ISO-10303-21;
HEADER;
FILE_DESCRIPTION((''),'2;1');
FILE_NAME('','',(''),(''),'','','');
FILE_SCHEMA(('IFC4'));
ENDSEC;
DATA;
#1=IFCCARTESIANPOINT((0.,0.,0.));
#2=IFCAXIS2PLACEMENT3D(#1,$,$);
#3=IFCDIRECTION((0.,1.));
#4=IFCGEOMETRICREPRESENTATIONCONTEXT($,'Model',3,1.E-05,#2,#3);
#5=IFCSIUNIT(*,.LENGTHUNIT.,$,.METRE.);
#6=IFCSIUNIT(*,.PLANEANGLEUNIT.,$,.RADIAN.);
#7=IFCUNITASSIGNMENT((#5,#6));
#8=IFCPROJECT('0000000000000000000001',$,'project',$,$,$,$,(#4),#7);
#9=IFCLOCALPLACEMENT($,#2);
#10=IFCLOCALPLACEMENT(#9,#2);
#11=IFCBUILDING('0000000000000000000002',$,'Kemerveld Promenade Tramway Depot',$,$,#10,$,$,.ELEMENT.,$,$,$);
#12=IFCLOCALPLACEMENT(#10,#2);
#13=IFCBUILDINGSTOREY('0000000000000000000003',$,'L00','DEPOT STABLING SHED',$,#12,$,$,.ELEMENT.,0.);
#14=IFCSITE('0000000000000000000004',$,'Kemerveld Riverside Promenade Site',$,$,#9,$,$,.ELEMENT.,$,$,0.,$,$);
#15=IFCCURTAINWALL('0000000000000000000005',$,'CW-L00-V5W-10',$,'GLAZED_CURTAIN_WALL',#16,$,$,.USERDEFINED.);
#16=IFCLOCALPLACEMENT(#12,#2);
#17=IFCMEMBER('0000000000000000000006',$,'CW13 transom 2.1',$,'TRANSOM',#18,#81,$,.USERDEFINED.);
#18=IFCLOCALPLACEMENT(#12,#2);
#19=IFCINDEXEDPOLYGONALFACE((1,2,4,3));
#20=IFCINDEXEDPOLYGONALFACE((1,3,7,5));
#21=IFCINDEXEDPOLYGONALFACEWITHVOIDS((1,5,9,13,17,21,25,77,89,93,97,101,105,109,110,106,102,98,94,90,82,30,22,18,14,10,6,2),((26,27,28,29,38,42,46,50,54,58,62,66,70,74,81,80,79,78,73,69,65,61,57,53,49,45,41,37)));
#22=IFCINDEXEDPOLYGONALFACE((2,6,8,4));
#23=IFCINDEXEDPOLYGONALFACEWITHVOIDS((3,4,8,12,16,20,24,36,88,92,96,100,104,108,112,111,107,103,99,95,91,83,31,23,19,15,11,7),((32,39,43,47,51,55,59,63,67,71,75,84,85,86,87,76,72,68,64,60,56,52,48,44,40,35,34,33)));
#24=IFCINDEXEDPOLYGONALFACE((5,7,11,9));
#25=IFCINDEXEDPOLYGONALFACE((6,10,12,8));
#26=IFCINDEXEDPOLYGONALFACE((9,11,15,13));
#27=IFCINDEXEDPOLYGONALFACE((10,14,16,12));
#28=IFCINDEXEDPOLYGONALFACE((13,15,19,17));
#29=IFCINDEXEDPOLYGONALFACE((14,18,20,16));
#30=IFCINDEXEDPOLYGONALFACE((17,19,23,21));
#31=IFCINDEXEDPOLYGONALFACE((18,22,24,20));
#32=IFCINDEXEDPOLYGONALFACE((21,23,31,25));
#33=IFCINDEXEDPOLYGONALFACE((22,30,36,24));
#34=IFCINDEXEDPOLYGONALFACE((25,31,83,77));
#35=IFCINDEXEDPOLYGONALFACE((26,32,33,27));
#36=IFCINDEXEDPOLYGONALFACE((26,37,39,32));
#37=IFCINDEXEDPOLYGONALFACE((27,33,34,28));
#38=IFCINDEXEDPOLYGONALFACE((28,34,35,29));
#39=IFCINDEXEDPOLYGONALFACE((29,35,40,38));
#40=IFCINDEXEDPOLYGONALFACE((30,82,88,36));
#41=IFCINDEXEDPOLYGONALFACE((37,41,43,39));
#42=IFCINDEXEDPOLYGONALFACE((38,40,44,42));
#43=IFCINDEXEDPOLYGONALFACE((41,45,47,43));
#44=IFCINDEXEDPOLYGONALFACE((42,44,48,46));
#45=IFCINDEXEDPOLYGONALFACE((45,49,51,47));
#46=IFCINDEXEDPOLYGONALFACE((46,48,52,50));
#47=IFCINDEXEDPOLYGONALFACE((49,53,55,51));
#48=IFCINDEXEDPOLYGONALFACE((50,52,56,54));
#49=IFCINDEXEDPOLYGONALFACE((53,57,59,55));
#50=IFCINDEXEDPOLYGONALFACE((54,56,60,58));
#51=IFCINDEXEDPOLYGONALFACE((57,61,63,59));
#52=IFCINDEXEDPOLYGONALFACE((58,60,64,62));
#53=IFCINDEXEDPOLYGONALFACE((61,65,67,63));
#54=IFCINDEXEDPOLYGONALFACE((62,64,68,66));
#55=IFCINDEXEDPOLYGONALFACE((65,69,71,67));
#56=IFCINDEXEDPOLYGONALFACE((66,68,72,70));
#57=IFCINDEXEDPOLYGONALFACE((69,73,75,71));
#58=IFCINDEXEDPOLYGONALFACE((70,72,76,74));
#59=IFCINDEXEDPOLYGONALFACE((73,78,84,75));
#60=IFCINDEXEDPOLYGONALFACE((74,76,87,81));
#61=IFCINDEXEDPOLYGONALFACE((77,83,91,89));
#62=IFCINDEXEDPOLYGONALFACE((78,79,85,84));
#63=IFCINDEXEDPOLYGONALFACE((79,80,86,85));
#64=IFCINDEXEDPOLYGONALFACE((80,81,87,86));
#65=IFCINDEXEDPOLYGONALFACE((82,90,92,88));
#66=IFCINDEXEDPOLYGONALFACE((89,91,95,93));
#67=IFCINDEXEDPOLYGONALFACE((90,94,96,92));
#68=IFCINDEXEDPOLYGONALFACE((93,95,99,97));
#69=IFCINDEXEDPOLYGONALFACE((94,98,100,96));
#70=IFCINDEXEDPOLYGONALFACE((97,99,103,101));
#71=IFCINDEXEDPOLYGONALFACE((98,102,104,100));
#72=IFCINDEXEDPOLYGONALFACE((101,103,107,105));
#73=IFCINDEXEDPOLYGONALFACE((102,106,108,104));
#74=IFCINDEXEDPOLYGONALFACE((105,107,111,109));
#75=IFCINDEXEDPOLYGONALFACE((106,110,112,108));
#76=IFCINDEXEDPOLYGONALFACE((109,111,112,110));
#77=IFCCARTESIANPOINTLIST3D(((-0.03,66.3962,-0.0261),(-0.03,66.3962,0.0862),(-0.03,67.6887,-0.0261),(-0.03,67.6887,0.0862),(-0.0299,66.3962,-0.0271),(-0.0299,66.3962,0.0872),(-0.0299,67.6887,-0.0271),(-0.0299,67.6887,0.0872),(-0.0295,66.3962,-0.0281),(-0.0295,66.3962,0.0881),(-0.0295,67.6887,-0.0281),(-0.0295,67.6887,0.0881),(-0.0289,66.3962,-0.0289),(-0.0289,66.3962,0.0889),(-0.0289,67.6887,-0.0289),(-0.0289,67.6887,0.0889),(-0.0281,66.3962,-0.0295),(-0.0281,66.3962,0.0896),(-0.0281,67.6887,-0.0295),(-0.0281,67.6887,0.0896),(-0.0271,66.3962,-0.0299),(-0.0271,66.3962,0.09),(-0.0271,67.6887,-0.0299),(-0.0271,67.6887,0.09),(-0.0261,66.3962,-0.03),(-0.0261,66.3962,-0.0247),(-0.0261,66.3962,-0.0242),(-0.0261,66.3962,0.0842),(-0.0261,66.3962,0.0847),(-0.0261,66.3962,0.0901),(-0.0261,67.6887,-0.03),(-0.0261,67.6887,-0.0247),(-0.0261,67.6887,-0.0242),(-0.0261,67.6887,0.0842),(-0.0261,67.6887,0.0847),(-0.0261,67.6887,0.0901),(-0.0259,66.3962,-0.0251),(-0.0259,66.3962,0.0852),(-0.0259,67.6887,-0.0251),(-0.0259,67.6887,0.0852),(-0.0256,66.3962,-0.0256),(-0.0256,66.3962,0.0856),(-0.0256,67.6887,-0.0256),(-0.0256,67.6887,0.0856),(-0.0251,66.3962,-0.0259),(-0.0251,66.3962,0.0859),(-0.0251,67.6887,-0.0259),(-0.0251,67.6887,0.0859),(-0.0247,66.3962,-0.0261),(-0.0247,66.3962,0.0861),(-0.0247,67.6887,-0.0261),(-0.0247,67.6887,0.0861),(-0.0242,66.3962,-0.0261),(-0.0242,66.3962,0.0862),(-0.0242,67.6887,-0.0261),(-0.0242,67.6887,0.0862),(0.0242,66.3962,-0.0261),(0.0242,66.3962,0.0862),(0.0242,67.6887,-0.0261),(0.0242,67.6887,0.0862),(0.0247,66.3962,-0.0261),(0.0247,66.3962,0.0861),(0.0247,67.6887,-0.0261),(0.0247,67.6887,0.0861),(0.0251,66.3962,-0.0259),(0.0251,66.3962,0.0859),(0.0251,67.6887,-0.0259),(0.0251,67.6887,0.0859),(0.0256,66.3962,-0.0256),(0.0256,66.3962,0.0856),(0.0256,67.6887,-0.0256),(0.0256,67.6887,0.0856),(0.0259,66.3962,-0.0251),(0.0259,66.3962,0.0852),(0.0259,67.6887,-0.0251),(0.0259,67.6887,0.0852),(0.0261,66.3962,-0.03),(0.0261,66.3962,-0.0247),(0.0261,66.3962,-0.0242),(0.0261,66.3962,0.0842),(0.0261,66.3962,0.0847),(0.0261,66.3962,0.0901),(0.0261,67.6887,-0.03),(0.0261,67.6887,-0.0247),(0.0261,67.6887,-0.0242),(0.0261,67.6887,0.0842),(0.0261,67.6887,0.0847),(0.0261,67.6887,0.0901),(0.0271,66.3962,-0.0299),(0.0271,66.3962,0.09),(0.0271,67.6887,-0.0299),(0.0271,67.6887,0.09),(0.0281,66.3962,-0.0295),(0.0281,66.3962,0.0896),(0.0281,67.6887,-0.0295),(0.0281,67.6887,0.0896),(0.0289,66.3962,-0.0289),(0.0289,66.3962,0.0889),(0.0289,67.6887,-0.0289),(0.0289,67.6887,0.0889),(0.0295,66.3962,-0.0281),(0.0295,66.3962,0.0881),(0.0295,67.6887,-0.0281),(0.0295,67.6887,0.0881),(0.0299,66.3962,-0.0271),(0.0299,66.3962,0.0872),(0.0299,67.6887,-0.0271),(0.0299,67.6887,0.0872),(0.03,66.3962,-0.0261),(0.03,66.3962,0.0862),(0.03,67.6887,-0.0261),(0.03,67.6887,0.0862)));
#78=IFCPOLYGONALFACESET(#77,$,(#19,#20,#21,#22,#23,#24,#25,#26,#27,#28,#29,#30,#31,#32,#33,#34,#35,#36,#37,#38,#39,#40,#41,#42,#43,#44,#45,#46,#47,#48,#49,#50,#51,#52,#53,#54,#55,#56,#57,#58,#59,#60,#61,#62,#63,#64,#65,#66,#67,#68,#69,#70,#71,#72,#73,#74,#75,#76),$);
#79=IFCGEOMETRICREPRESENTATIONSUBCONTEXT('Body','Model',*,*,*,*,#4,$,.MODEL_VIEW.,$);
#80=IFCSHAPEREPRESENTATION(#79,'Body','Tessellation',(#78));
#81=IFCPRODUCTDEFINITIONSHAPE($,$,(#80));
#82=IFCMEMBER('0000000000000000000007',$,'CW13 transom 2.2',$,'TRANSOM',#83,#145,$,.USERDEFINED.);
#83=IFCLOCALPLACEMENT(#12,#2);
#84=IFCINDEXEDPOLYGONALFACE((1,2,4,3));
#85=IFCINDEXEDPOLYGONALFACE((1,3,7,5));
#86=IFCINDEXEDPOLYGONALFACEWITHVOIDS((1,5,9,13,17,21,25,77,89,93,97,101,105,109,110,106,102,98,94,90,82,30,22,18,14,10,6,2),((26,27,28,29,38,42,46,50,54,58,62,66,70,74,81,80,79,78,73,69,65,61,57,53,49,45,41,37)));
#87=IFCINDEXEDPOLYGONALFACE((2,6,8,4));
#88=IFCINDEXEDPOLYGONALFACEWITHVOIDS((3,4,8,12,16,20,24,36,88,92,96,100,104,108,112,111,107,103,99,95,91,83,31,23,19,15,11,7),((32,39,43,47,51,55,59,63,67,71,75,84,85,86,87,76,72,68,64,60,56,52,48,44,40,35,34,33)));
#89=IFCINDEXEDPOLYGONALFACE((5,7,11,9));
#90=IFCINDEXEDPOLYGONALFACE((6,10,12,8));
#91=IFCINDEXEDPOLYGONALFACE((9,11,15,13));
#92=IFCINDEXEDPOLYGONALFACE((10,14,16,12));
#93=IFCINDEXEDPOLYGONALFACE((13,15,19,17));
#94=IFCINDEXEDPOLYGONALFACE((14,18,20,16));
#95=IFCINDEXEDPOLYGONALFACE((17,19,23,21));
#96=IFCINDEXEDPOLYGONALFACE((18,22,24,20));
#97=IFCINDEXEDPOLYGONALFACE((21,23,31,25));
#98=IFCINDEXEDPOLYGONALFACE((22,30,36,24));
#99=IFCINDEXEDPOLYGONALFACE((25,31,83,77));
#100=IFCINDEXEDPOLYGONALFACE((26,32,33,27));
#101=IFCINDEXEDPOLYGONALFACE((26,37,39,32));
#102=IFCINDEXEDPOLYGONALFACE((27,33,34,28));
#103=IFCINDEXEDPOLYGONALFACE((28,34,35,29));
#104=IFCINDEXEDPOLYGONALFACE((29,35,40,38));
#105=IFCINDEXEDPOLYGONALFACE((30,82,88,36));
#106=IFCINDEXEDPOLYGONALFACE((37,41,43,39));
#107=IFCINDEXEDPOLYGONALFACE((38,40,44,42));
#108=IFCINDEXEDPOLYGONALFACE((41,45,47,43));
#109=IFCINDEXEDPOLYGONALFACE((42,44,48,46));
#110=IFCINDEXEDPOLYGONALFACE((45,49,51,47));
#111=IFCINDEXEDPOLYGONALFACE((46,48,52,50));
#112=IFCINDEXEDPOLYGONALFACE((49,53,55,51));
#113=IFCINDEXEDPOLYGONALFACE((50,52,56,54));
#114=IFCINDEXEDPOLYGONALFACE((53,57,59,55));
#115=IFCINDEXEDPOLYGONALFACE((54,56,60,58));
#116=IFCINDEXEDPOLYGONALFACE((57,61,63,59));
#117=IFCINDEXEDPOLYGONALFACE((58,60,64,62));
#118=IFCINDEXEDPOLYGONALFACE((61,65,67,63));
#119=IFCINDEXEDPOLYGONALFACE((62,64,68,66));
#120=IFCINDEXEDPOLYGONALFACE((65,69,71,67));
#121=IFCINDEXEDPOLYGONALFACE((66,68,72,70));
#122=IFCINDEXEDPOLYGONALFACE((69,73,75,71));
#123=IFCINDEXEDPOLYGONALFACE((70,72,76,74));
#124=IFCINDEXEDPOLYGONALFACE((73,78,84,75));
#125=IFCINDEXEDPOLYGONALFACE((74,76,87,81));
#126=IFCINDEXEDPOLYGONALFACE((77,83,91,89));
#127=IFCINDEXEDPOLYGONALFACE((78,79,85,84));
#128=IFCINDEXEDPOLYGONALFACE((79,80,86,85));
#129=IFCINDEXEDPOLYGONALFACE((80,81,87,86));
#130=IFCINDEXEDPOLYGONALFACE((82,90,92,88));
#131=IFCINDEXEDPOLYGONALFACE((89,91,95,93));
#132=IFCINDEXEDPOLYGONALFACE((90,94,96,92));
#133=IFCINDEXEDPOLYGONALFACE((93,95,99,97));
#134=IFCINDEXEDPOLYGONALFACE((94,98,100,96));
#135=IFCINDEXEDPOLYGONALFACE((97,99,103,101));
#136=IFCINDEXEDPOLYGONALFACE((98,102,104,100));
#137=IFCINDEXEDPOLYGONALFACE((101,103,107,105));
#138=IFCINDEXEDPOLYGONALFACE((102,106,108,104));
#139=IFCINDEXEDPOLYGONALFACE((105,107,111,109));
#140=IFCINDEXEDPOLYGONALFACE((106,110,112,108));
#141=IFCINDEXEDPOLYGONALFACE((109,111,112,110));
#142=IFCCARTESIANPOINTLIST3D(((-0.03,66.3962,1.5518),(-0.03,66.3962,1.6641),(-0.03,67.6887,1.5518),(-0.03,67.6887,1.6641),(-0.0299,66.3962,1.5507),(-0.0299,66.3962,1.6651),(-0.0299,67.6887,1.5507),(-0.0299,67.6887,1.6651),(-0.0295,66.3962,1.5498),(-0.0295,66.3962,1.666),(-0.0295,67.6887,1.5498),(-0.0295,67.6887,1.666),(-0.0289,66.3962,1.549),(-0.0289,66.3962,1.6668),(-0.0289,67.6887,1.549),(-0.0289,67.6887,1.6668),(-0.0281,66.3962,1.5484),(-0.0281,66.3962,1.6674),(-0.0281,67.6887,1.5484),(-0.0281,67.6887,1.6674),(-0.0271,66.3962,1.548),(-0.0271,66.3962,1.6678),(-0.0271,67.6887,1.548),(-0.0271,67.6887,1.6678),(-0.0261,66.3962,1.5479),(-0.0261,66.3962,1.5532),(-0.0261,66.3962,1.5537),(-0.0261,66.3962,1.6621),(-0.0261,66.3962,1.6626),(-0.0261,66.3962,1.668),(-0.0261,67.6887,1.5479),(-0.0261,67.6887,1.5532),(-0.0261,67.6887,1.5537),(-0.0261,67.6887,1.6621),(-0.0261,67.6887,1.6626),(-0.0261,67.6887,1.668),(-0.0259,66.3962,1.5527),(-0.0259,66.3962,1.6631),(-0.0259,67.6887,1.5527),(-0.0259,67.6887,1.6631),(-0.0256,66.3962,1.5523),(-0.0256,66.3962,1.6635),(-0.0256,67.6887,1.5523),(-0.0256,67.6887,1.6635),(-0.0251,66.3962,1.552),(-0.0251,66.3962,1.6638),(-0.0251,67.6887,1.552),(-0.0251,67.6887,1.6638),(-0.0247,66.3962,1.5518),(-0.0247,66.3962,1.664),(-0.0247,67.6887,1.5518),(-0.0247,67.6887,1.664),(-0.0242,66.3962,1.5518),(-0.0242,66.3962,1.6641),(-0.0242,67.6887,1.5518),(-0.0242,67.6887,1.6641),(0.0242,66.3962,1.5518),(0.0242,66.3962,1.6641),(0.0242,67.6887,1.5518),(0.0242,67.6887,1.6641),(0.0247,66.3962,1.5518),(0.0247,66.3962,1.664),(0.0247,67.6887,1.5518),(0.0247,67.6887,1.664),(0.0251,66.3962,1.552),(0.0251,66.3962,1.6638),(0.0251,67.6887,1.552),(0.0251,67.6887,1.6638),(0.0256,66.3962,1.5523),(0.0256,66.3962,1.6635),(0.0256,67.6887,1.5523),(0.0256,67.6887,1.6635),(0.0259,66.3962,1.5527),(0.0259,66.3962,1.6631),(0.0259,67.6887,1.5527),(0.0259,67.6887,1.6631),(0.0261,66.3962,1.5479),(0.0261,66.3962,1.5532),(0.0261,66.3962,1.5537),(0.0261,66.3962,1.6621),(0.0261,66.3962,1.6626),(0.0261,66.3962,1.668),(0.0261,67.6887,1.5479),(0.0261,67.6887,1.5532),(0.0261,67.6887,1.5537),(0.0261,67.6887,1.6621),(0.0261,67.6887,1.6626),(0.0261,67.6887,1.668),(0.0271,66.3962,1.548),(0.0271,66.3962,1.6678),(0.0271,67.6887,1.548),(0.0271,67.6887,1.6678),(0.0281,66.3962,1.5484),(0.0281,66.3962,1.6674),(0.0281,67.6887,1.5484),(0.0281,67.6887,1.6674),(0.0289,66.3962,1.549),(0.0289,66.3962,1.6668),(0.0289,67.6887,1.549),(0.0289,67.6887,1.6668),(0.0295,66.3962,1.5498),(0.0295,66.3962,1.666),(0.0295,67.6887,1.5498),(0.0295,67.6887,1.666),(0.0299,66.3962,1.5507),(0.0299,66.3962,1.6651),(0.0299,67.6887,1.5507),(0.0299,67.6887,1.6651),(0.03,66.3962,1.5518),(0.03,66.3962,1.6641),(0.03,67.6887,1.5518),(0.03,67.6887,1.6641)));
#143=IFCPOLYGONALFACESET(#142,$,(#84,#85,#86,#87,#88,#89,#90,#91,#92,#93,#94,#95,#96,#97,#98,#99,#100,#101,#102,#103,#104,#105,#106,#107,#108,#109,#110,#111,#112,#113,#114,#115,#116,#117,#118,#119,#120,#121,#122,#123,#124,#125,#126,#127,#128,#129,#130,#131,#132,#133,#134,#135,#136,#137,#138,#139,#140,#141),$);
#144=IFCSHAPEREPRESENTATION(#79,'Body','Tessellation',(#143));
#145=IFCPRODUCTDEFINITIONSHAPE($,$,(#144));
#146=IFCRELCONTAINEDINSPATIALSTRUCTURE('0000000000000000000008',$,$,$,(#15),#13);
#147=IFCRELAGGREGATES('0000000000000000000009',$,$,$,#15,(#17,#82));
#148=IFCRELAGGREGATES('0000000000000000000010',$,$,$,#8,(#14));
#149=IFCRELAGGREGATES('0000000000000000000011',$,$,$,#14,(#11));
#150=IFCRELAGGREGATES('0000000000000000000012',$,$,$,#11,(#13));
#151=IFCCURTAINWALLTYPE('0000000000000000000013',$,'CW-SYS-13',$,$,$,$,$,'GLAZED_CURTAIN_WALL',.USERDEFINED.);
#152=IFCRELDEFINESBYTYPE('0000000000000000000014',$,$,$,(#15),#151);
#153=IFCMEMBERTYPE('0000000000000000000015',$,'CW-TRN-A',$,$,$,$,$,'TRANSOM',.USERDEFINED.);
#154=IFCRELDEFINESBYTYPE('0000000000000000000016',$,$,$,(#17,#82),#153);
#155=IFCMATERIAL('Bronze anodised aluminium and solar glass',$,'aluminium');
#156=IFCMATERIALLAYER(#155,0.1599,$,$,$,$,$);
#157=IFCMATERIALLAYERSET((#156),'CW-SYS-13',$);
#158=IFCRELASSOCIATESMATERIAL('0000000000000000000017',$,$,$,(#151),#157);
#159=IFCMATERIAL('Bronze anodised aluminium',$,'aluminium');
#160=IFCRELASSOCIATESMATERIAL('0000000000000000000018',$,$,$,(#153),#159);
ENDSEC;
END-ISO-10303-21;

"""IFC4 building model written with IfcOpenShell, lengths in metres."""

from ifc_helpers import new_model, si_unit, direction, frame, origin, origin_2d, place, context, subcontext, project, spatial, hollow_rectangle, extrude, material, layer, layer_set, material_profile, profile_set, type_object, element, aggregate, save


model = new_model("IFC4")

# Units and contexts
model_context = context("Model", 3, precision=1e-05, world=origin(), true_north=direction((0.0, 1.0)))
body_context = subcontext(model_context, "Body", "Model", "MODEL_VIEW")
ifc_project = project(units=[si_unit("LENGTHUNIT", "METRE"), si_unit("PLANEANGLEUNIT", "RADIAN")], contexts=[model_context])

# Site, building, storey
site_placement = place(None, origin())
site = spatial("IfcSite", under=ifc_project, at=site_placement, Name="Kemerveld Riverside Promenade Site", CompositionType="ELEMENT", RefElevation=0.0)
building_placement = place(site_placement, origin())
building = spatial("IfcBuilding", under=site, at=building_placement, Name="Kemerveld Promenade Tramway Depot", CompositionType="ELEMENT")
storey_placement = place(building_placement, origin())
storey = spatial("IfcBuildingStorey", under=building, at=storey_placement, Name="L00", Description="DEPOT STABLING SHED", CompositionType="ELEMENT", Elevation=0.0)

# Curtain wall, members
ifc_material_1 = material(Name="Bronze anodised aluminium and solar glass", Category="aluminium")
ifc_layer_1 = layer(ifc_material_1, 0.1599)
ifc_layer_set_1 = layer_set([ifc_layer_1], Name="CW-SYS-13")
curtain_wall_type = type_object("IfcCurtainWallType", Name="CW-SYS-13", ElementType="GLAZED_CURTAIN_WALL", PredefinedType="USERDEFINED", material=ifc_layer_set_1)
curtain_wall_placement = place(storey_placement, origin())
curtain_wall = element("IfcCurtainWall", 1, at=curtain_wall_placement, inside=storey, type_object=curtain_wall_type, Name="CW-L00-V5W-10", ObjectType="GLAZED_CURTAIN_WALL", PredefinedType="USERDEFINED")
ifc_material_2 = material(Name="Bronze anodised aluminium", Category="aluminium")
ifc_material_profile_1 = material_profile(ifc_material_2, hollow_rectangle(XDim=0.0601, YDim=0.1201, WallThickness=0.0039, InnerFilletRadius=0.002, OuterFilletRadius=0.0039, at=origin_2d()), Name="CW-TRN-120x60")
ifc_profile_set_1 = profile_set([ifc_material_profile_1], Name="Bronze anodised aluminium")
member_type_1 = type_object("IfcMemberType", Name="CW-TRN-A", ElementType="TRANSOM", PredefinedType="USERDEFINED", material=ifc_profile_set_1)
member_1_placement = place(storey_placement, frame((0.0, 66.3962, 0.03), z_axis=(0.0, 1.0, 0.0), x_axis=(-1.0, 0.0, 0.0)))
member_1 = element("IfcMember", 2, at=member_1_placement, type_object=member_type_1, Name="CW13 transom 2.1", ObjectType="TRANSOM", PredefinedType="USERDEFINED", context=body_context, shape_type="SweptSolid", body=[
    extrude(hollow_rectangle(XDim=0.0601, YDim=0.1201, WallThickness=0.0039, InnerFilletRadius=0.002, OuterFilletRadius=0.0039, at=origin_2d()), origin(), (0.0, 0.0, 1.0), 1.2925),
])
member_2_placement = place(storey_placement, frame((0.0, 66.3962, 1.6079), z_axis=(0.0, 1.0, 0.0), x_axis=(-1.0, 0.0, 0.0)))
member_2 = element("IfcMember", 3, at=member_2_placement, type_object=member_type_1, Name="CW13 transom 2.2", ObjectType="TRANSOM", PredefinedType="USERDEFINED", context=body_context, shape_type="SweptSolid", body=[
    extrude(hollow_rectangle(XDim=0.0601, YDim=0.1201, WallThickness=0.0039, InnerFilletRadius=0.002, OuterFilletRadius=0.0039, at=origin_2d()), origin(), (0.0, 0.0, 1.0), 1.2925),
])
aggregate(curtain_wall, [member_1, member_2])

save(model, "model.ifc")
